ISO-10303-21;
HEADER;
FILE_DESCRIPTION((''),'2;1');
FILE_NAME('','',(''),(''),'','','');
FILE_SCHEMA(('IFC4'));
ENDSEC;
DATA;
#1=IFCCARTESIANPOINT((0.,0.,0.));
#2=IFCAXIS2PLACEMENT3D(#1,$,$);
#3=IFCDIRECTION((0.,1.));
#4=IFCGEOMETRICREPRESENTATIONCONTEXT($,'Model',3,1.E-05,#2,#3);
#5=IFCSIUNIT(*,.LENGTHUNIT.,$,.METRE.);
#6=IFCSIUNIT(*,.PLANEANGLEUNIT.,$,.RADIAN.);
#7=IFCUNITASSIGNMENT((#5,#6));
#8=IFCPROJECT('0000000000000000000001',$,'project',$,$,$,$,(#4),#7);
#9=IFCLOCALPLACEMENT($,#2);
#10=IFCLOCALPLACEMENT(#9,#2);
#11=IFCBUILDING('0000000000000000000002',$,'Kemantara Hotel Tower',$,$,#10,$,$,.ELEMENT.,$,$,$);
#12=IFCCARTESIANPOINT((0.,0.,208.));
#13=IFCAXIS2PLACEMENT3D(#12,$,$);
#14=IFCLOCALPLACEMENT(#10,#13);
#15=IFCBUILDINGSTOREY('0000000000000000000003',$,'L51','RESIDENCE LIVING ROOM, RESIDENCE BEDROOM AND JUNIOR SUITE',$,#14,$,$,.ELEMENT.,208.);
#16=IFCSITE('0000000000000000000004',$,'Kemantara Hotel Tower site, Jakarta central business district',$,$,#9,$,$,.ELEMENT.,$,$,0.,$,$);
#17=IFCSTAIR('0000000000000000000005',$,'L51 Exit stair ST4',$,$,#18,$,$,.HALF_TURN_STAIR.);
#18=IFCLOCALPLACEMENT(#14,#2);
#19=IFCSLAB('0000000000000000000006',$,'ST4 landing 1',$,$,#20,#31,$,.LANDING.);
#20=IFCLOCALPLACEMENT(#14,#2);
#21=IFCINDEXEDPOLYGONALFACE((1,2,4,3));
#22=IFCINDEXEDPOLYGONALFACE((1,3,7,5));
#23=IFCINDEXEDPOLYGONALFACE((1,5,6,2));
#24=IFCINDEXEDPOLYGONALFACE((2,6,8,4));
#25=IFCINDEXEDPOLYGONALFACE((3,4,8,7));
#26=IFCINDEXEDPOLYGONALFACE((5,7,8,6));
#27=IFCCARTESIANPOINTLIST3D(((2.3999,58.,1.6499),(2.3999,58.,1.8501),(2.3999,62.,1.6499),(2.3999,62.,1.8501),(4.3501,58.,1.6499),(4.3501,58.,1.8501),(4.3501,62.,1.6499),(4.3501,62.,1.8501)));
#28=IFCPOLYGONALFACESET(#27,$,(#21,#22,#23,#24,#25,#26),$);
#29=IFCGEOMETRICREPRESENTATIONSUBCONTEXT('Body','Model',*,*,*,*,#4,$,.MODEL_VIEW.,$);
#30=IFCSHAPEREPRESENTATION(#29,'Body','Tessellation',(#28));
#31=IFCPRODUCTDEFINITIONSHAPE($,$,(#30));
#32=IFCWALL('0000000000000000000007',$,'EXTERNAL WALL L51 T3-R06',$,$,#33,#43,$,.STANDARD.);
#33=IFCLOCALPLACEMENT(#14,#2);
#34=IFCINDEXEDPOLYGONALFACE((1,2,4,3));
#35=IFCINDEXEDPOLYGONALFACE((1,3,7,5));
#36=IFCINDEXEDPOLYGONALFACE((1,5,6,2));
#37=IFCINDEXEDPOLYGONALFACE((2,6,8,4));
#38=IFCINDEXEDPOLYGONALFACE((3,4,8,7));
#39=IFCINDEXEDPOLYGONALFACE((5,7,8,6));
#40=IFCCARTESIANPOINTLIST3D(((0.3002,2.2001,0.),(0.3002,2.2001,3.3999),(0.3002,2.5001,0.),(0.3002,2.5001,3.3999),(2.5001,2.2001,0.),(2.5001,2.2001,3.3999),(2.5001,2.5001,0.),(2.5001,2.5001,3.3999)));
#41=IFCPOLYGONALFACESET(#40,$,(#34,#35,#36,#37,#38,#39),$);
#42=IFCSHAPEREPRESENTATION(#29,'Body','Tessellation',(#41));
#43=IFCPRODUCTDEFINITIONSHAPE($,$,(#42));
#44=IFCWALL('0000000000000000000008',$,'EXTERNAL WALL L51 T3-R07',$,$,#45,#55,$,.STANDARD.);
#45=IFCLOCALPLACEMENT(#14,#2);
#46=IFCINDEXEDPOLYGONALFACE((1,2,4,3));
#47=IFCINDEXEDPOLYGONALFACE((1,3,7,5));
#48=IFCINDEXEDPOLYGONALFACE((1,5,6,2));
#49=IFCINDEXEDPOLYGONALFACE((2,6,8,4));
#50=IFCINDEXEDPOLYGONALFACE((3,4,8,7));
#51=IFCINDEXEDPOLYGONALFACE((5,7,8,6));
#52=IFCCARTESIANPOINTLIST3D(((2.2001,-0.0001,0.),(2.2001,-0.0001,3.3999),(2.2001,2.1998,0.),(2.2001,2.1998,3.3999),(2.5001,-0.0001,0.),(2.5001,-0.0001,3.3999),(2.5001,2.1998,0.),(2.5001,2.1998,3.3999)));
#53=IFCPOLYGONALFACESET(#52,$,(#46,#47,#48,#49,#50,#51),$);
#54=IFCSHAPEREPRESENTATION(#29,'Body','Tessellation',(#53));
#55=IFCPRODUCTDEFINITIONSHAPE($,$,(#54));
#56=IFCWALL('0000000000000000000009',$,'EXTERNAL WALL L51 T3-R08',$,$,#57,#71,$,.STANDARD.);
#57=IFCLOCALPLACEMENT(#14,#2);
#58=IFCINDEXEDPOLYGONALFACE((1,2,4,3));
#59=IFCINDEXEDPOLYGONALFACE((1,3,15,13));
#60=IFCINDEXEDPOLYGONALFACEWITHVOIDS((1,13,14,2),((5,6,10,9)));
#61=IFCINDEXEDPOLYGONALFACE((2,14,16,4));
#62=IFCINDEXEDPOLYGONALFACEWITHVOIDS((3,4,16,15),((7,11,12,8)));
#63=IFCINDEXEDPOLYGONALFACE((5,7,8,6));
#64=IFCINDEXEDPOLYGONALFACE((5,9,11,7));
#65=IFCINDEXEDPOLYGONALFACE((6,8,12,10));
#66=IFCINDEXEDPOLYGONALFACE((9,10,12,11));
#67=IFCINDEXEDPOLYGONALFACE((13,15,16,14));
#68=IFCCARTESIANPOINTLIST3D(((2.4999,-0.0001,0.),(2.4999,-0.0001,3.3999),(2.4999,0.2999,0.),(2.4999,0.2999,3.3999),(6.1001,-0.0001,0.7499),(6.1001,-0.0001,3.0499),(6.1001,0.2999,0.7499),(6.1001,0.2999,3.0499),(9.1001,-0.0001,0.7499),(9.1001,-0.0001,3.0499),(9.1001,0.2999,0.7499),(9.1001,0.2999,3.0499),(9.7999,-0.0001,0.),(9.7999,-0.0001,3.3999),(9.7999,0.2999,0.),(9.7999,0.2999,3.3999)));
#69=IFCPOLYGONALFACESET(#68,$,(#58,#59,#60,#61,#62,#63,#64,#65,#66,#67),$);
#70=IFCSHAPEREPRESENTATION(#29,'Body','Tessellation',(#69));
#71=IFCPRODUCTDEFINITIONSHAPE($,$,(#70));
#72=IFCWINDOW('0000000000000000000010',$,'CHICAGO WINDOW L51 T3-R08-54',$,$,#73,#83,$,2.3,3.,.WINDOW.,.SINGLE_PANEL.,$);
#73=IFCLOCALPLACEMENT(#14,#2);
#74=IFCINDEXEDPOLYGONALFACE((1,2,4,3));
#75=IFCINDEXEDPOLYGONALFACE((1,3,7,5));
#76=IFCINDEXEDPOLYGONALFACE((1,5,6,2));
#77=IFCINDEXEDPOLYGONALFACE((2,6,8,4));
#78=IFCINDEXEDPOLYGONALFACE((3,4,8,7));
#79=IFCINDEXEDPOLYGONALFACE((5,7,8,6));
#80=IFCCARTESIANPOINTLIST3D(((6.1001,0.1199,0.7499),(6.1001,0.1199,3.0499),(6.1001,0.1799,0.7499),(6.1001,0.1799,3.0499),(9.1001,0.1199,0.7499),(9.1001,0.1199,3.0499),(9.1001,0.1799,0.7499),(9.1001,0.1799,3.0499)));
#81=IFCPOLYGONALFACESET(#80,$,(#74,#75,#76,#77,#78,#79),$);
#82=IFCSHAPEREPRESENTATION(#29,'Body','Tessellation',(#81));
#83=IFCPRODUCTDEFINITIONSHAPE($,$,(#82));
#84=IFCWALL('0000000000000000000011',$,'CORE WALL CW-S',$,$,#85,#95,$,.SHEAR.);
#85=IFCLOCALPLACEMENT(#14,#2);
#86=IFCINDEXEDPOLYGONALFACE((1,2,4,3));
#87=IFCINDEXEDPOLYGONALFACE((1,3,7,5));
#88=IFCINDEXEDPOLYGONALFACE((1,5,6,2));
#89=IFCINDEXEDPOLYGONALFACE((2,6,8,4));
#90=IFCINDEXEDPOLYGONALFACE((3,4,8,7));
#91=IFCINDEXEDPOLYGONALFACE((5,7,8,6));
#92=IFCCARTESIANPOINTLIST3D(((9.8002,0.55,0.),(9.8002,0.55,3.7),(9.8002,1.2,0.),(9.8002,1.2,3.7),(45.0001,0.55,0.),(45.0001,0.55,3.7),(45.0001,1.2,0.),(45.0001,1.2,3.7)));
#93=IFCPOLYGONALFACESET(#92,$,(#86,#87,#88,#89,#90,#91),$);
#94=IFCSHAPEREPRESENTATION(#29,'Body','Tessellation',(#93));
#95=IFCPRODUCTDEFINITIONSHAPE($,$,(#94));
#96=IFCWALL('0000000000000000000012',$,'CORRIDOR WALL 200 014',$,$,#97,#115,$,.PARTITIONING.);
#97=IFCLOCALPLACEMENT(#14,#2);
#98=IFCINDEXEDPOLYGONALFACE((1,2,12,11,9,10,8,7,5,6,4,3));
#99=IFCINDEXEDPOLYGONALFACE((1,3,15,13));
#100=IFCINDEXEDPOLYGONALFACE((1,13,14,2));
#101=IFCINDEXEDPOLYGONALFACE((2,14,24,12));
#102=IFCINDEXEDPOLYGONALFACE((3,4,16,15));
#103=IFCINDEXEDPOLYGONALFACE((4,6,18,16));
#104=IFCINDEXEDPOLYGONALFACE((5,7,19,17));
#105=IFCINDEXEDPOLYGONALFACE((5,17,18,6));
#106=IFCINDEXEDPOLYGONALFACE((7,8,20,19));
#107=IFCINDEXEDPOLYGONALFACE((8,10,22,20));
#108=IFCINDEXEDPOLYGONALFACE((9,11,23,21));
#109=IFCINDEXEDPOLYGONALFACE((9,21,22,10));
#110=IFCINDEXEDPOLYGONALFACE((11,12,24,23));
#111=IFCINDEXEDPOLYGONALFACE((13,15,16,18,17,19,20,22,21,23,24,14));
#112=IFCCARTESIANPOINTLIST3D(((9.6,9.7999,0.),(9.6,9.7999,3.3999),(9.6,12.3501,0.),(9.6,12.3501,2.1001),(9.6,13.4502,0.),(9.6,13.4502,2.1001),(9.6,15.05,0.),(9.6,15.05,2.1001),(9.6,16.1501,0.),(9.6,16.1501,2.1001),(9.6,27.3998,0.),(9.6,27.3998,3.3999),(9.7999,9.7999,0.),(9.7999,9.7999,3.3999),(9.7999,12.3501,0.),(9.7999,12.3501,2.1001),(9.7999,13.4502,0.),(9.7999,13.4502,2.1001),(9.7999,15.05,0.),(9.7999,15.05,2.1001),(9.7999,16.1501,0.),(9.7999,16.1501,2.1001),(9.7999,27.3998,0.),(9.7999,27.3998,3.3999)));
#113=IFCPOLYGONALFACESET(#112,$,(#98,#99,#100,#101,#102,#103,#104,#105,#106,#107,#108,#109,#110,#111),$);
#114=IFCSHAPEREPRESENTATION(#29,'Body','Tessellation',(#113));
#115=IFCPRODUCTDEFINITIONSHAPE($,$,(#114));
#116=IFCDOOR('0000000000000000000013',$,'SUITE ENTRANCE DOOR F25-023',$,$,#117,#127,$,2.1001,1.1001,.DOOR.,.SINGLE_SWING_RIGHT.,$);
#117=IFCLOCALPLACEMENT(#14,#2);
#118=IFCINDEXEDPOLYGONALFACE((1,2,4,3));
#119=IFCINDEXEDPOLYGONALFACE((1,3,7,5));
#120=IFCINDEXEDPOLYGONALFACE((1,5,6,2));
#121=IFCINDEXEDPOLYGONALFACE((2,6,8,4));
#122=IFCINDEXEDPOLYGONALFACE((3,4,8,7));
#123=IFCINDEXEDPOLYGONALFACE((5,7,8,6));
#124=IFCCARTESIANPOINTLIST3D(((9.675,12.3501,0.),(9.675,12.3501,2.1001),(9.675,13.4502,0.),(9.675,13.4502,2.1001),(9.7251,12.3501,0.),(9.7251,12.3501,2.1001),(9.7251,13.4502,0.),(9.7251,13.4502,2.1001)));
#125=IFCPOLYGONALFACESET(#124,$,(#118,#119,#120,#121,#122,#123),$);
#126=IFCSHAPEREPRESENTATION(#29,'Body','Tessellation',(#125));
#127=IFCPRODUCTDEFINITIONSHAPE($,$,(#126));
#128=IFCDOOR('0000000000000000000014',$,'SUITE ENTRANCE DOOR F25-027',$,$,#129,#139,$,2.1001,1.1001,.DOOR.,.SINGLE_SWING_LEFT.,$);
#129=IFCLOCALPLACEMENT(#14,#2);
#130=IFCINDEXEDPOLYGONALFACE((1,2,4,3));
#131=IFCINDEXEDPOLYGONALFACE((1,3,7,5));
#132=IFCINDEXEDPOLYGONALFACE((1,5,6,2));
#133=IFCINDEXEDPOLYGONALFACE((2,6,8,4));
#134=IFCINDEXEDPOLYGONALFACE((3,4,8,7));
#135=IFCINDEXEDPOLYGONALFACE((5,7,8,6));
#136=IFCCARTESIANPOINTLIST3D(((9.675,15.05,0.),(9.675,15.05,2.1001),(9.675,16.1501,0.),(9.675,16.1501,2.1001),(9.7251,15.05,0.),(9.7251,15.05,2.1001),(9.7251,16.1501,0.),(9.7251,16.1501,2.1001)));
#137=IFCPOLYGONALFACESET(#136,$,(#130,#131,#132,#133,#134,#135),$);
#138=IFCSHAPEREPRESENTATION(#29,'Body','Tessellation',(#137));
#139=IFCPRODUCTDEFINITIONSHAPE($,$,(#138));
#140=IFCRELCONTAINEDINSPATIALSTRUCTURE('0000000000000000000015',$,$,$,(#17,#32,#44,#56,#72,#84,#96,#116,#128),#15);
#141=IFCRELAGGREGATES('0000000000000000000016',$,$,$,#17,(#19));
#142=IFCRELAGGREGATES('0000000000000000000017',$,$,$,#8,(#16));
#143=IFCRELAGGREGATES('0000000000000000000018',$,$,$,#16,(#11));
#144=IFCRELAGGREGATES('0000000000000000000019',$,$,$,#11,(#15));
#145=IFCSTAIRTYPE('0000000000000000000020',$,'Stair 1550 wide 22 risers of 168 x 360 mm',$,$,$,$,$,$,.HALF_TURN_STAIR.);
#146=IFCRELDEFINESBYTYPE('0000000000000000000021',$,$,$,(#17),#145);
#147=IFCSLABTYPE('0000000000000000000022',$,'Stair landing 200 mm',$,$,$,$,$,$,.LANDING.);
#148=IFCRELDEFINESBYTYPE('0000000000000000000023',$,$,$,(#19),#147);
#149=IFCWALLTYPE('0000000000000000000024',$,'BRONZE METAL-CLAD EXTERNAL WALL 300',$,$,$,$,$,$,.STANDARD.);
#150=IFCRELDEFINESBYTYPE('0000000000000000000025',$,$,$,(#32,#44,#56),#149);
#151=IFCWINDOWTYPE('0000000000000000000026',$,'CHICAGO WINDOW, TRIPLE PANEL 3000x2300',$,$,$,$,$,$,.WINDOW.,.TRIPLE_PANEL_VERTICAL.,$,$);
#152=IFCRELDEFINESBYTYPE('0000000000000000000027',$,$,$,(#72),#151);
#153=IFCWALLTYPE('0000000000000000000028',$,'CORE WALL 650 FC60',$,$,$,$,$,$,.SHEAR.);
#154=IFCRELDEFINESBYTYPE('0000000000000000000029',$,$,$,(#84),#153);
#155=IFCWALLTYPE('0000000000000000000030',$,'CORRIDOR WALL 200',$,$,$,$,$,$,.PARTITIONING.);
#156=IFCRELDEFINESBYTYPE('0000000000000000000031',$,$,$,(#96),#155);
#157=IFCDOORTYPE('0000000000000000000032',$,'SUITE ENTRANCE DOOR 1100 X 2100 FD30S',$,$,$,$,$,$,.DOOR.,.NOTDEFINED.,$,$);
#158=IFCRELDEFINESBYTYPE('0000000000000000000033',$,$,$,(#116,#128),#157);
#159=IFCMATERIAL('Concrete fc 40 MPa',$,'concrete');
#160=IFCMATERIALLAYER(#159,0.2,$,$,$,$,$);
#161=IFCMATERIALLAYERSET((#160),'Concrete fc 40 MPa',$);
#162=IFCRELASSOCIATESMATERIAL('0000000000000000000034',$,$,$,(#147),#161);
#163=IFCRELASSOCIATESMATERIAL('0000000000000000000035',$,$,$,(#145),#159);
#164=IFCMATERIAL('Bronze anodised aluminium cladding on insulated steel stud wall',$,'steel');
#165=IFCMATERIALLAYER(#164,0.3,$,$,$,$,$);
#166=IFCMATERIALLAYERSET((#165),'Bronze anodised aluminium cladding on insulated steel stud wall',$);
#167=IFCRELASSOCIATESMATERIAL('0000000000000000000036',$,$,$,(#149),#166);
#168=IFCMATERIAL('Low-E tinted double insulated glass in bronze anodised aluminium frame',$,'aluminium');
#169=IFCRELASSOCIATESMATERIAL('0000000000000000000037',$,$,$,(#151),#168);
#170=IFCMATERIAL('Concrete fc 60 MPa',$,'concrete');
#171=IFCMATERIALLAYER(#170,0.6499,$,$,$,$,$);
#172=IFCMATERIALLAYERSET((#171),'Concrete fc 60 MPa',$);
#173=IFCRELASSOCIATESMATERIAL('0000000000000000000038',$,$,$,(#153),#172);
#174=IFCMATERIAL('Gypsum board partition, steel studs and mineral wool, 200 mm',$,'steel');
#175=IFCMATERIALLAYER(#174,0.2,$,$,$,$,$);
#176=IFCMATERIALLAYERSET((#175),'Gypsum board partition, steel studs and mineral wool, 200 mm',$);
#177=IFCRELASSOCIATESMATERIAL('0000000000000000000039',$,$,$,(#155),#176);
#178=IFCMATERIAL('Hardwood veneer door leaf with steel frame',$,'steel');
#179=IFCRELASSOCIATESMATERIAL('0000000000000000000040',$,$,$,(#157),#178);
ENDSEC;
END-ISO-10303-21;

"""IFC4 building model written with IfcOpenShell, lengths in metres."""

from ifc_helpers import new_model, si_unit, direction, frame, frame_2d, origin, place, context, subcontext, project, spatial, polyline, rectangle, outline, extrude, material, layer, layer_set, type_object, element, fill, aggregate, save


model = new_model("IFC4")

# Units and contexts
model_context = context("Model", 3, precision=1e-05, world=origin(), true_north=direction((0.0, 1.0)))
body_context = subcontext(model_context, "Body", "Model", "MODEL_VIEW")
ifc_project = project(units=[si_unit("LENGTHUNIT", "METRE"), si_unit("PLANEANGLEUNIT", "RADIAN")], contexts=[model_context])

# Site, building, storey
site_placement = place(None, origin())
site = spatial("IfcSite", under=ifc_project, at=site_placement, Name="Kemantara Hotel Tower site, Jakarta central business district", CompositionType="ELEMENT", RefElevation=0.0)
building_placement = place(site_placement, origin())
building = spatial("IfcBuilding", under=site, at=building_placement, Name="Kemantara Hotel Tower", CompositionType="ELEMENT")
storey_placement = place(building_placement, frame((0.0, 0.0, 208.0)))
storey = spatial("IfcBuildingStorey", under=building, at=storey_placement, Name="L51", Description="RESIDENCE LIVING ROOM, RESIDENCE BEDROOM AND JUNIOR SUITE", CompositionType="ELEMENT", Elevation=208.0)

# Shared definitions
ifc_material_1 = material(Name="Concrete fc 60 MPa", Category="concrete")

# Shared definitions
ifc_material_2 = material(Name="Concrete fc 40 MPa", Category="concrete")

# Stair, slab
ifc_layer_1 = layer(ifc_material_2, 0.2)
ifc_layer_set_1 = layer_set([ifc_layer_1], Name="Concrete fc 40 MPa")
slab_type_1 = type_object("IfcSlabType", Name="Stair landing 200 mm", PredefinedType="LANDING", material=ifc_layer_set_1)
stair_type_1 = type_object("IfcStairType", Name="Stair 1550 wide 22 risers of 168 x 360 mm", PredefinedType="HALF_TURN_STAIR", material=ifc_material_2)
stair_1_placement = place(storey_placement, origin())
stair_1 = element("IfcStair", 1, at=stair_1_placement, inside=storey, type_object=stair_type_1, Name="L51 Exit stair ST4", PredefinedType="HALF_TURN_STAIR")
slab_1_placement = place(storey_placement, frame((0.0, 0.0, 1.6499)))
slab_1 = element("IfcSlab", 2, at=slab_1_placement, type_object=slab_type_1, Name="ST4 landing 1", PredefinedType="LANDING", context=body_context, shape_type="SweptSolid", body=[
    extrude(outline(polyline([(4.3501, 62.0), (2.3999, 62.0), (2.3999, 58.0), (4.3501, 58.0), (4.3501, 62.0)])), origin(), (0.0, 0.0, 1.0), 0.2002),
])
aggregate(stair_1, [slab_1])

# Walls
ifc_material_3 = material(Name="Bronze anodised aluminium cladding on insulated steel stud wall", Category="steel")
ifc_layer_2 = layer(ifc_material_3, 0.3)
ifc_layer_set_2 = layer_set([ifc_layer_2], Name="Bronze anodised aluminium cladding on insulated steel stud wall")
wall_type_1 = type_object("IfcWallType", Name="BRONZE METAL-CLAD EXTERNAL WALL 300", PredefinedType="STANDARD", material=ifc_layer_set_2)
for number, where, z_axis, x_axis, name in (
    (3, (0.3, 2.3501, 0.0), (0.0, 0.0, 1.0), (1.0, 0.0, 0.0), "EXTERNAL WALL L51 T3-R06"),
    (4, (2.3501, 2.2, 0.0), (0.0, 0.0, 1.0), (0.0, -1.0, 0.0), "EXTERNAL WALL L51 T3-R07"),
):
    element("IfcWall", number, at=place(storey_placement, frame(where, z_axis=z_axis, x_axis=x_axis)), inside=storey, type_object=wall_type_1, Name=name, PredefinedType="STANDARD", context=body_context, shape_type="SweptSolid", body=[
        extrude(rectangle(XDim=2.2, YDim=0.3, at=frame_2d((1.1001, 0.0))), origin(), (0.0, 0.0, 1.0), 3.3999),
    ])

# Wall, opening, window
wall_1_placement = place(storey_placement, frame((2.5, 0.1499, 0.0), z_axis=(0.0, 0.0, 1.0), x_axis=(1.0, 0.0, 0.0)))
wall_1 = element("IfcWall", 5, at=wall_1_placement, inside=storey, type_object=wall_type_1, Name="EXTERNAL WALL L51 T3-R08", PredefinedType="STANDARD", context=body_context, shape_type="SweptSolid", body=[
    extrude(rectangle(XDim=7.3, YDim=0.3, at=frame_2d((3.6499, 0.0))), origin(), (0.0, 0.0, 1.0), 3.3999),
])
opening_1_placement = place(wall_1_placement, frame((3.6001, 0.0, 0.75)))
opening_1 = element("IfcOpeningElement", 6, at=opening_1_placement, cuts=wall_1, PredefinedType="OPENING", context=body_context, shape_type="SweptSolid", body=[
    extrude(rectangle(XDim=3.0, YDim=2.3, at=frame_2d((1.5, 1.1499))), frame((0.0, 0.1599, 0.0), z_axis=(0.0, -1.0, 0.0), x_axis=(1.0, 0.0, 0.0)), (0.0, 0.0, 1.0), 0.3201),
])
ifc_material_4 = material(Name="Low-E tinted double insulated glass in bronze anodised aluminium frame", Category="aluminium")
window_type = type_object("IfcWindowType", Name="CHICAGO WINDOW, TRIPLE PANEL 3000x2300", PartitioningType="TRIPLE_PANEL_VERTICAL", PredefinedType="WINDOW", material=ifc_material_4)
window_placement = place(opening_1_placement, origin())
window = element("IfcWindow", 7, at=window_placement, inside=storey, type_object=window_type, Name="CHICAGO WINDOW L51 T3-R08-54", OverallHeight=2.3, OverallWidth=3.0, PartitioningType="SINGLE_PANEL", PredefinedType="WINDOW", context=body_context, shape_type="SweptSolid", body=[
    extrude(rectangle(XDim=3.0, YDim=2.3, at=frame_2d((1.5, 1.1499))), frame((0.0, 0.03, 0.0), z_axis=(0.0, -1.0, 0.0), x_axis=(1.0, 0.0, 0.0)), (0.0, 0.0, 1.0), 0.0601),
])
fill(opening_1, window)

# Wall
ifc_layer_3 = layer(ifc_material_1, 0.6499)
ifc_layer_set_3 = layer_set([ifc_layer_3], Name="Concrete fc 60 MPa")
wall_type_2 = type_object("IfcWallType", Name="CORE WALL 650 FC60", PredefinedType="SHEAR", material=ifc_layer_set_3)
wall_2_placement = place(storey_placement, frame((9.8, 0.875, 0.0), z_axis=(0.0, 0.0, 1.0), x_axis=(1.0, 0.0, 0.0)))
element("IfcWall", 8, at=wall_2_placement, inside=storey, type_object=wall_type_2, Name="CORE WALL CW-S", PredefinedType="SHEAR", context=body_context, shape_type="SweptSolid", body=[
    extrude(rectangle(XDim=35.2, YDim=0.6499, at=frame_2d((17.6001, 0.0))), origin(), (0.0, 0.0, 1.0), 3.7),
])

# Wall, openings, doors
ifc_material_5 = material(Name="Gypsum board partition, steel studs and mineral wool, 200 mm", Category="steel")
ifc_layer_4 = layer(ifc_material_5, 0.2)
ifc_layer_set_4 = layer_set([ifc_layer_4], Name="Gypsum board partition, steel studs and mineral wool, 200 mm")
wall_type_3 = type_object("IfcWallType", Name="CORRIDOR WALL 200", PredefinedType="PARTITIONING", material=ifc_layer_set_4)
wall_3_placement = place(storey_placement, frame((9.7, 9.8, 0.0), z_axis=(0.0, 0.0, 1.0), x_axis=(0.0, 1.0, 0.0)))
wall_3 = element("IfcWall", 9, at=wall_3_placement, inside=storey, type_object=wall_type_3, Name="CORRIDOR WALL 200 014", PredefinedType="PARTITIONING", context=body_context, shape_type="SweptSolid", body=[
    extrude(rectangle(XDim=17.5999, YDim=0.2, at=frame_2d((8.7998, 0.0))), origin(), (0.0, 0.0, 1.0), 3.3999),
])
opening_2_placement = place(wall_3_placement, frame((2.55, 0.0, 0.0)))
opening_2 = element("IfcOpeningElement", 10, at=opening_2_placement, cuts=wall_3, PredefinedType="OPENING", context=body_context, shape_type="SweptSolid", body=[
    extrude(rectangle(XDim=1.1001, YDim=2.1001, at=frame_2d((0.55, 1.05))), frame((0.0, 0.1099, 0.0), z_axis=(0.0, -1.0, 0.0), x_axis=(1.0, 0.0, 0.0)), (0.0, 0.0, 1.0), 0.22),
])
opening_3_placement = place(wall_3_placement, frame((5.25, 0.0, 0.0)))
opening_3 = element("IfcOpeningElement", 11, at=opening_3_placement, cuts=wall_3, PredefinedType="OPENING", context=body_context, shape_type="SweptSolid", body=[
    extrude(rectangle(XDim=1.1001, YDim=2.1001, at=frame_2d((0.55, 1.05))), frame((0.0, 0.1099, 0.0), z_axis=(0.0, -1.0, 0.0), x_axis=(1.0, 0.0, 0.0)), (0.0, 0.0, 1.0), 0.22),
])
ifc_material_6 = material(Name="Hardwood veneer door leaf with steel frame", Category="steel")
door_type_1 = type_object("IfcDoorType", Name="SUITE ENTRANCE DOOR 1100 X 2100 FD30S", OperationType="NOTDEFINED", PredefinedType="DOOR", material=ifc_material_6)
door_1_placement = place(opening_2_placement, origin())
door_1 = element("IfcDoor", 12, at=door_1_placement, inside=storey, type_object=door_type_1, Name="SUITE ENTRANCE DOOR F25-023", OperationType="SINGLE_SWING_RIGHT", OverallHeight=2.1001, OverallWidth=1.1001, PredefinedType="DOOR", context=body_context, shape_type="SweptSolid", body=[
    extrude(rectangle(XDim=1.1001, YDim=2.1001, at=frame_2d((0.55, 1.05))), frame((0.0, 0.0249, 0.0), z_axis=(0.0, -1.0, 0.0), x_axis=(1.0, 0.0, 0.0)), (0.0, 0.0, 1.0), 0.05),
])
fill(opening_2, door_1)
door_2_placement = place(opening_3_placement, origin())
door_2 = element("IfcDoor", 13, at=door_2_placement, inside=storey, type_object=door_type_1, Name="SUITE ENTRANCE DOOR F25-027", OperationType="SINGLE_SWING_LEFT", OverallHeight=2.1001, OverallWidth=1.1001, PredefinedType="DOOR", context=body_context, shape_type="SweptSolid", body=[
    extrude(rectangle(XDim=1.1001, YDim=2.1001, at=frame_2d((0.55, 1.05))), frame((0.0, 0.0249, 0.0), z_axis=(0.0, -1.0, 0.0), x_axis=(1.0, 0.0, 0.0)), (0.0, 0.0, 1.0), 0.05),
])
fill(opening_3, door_2)

save(model, "model.ifc")
